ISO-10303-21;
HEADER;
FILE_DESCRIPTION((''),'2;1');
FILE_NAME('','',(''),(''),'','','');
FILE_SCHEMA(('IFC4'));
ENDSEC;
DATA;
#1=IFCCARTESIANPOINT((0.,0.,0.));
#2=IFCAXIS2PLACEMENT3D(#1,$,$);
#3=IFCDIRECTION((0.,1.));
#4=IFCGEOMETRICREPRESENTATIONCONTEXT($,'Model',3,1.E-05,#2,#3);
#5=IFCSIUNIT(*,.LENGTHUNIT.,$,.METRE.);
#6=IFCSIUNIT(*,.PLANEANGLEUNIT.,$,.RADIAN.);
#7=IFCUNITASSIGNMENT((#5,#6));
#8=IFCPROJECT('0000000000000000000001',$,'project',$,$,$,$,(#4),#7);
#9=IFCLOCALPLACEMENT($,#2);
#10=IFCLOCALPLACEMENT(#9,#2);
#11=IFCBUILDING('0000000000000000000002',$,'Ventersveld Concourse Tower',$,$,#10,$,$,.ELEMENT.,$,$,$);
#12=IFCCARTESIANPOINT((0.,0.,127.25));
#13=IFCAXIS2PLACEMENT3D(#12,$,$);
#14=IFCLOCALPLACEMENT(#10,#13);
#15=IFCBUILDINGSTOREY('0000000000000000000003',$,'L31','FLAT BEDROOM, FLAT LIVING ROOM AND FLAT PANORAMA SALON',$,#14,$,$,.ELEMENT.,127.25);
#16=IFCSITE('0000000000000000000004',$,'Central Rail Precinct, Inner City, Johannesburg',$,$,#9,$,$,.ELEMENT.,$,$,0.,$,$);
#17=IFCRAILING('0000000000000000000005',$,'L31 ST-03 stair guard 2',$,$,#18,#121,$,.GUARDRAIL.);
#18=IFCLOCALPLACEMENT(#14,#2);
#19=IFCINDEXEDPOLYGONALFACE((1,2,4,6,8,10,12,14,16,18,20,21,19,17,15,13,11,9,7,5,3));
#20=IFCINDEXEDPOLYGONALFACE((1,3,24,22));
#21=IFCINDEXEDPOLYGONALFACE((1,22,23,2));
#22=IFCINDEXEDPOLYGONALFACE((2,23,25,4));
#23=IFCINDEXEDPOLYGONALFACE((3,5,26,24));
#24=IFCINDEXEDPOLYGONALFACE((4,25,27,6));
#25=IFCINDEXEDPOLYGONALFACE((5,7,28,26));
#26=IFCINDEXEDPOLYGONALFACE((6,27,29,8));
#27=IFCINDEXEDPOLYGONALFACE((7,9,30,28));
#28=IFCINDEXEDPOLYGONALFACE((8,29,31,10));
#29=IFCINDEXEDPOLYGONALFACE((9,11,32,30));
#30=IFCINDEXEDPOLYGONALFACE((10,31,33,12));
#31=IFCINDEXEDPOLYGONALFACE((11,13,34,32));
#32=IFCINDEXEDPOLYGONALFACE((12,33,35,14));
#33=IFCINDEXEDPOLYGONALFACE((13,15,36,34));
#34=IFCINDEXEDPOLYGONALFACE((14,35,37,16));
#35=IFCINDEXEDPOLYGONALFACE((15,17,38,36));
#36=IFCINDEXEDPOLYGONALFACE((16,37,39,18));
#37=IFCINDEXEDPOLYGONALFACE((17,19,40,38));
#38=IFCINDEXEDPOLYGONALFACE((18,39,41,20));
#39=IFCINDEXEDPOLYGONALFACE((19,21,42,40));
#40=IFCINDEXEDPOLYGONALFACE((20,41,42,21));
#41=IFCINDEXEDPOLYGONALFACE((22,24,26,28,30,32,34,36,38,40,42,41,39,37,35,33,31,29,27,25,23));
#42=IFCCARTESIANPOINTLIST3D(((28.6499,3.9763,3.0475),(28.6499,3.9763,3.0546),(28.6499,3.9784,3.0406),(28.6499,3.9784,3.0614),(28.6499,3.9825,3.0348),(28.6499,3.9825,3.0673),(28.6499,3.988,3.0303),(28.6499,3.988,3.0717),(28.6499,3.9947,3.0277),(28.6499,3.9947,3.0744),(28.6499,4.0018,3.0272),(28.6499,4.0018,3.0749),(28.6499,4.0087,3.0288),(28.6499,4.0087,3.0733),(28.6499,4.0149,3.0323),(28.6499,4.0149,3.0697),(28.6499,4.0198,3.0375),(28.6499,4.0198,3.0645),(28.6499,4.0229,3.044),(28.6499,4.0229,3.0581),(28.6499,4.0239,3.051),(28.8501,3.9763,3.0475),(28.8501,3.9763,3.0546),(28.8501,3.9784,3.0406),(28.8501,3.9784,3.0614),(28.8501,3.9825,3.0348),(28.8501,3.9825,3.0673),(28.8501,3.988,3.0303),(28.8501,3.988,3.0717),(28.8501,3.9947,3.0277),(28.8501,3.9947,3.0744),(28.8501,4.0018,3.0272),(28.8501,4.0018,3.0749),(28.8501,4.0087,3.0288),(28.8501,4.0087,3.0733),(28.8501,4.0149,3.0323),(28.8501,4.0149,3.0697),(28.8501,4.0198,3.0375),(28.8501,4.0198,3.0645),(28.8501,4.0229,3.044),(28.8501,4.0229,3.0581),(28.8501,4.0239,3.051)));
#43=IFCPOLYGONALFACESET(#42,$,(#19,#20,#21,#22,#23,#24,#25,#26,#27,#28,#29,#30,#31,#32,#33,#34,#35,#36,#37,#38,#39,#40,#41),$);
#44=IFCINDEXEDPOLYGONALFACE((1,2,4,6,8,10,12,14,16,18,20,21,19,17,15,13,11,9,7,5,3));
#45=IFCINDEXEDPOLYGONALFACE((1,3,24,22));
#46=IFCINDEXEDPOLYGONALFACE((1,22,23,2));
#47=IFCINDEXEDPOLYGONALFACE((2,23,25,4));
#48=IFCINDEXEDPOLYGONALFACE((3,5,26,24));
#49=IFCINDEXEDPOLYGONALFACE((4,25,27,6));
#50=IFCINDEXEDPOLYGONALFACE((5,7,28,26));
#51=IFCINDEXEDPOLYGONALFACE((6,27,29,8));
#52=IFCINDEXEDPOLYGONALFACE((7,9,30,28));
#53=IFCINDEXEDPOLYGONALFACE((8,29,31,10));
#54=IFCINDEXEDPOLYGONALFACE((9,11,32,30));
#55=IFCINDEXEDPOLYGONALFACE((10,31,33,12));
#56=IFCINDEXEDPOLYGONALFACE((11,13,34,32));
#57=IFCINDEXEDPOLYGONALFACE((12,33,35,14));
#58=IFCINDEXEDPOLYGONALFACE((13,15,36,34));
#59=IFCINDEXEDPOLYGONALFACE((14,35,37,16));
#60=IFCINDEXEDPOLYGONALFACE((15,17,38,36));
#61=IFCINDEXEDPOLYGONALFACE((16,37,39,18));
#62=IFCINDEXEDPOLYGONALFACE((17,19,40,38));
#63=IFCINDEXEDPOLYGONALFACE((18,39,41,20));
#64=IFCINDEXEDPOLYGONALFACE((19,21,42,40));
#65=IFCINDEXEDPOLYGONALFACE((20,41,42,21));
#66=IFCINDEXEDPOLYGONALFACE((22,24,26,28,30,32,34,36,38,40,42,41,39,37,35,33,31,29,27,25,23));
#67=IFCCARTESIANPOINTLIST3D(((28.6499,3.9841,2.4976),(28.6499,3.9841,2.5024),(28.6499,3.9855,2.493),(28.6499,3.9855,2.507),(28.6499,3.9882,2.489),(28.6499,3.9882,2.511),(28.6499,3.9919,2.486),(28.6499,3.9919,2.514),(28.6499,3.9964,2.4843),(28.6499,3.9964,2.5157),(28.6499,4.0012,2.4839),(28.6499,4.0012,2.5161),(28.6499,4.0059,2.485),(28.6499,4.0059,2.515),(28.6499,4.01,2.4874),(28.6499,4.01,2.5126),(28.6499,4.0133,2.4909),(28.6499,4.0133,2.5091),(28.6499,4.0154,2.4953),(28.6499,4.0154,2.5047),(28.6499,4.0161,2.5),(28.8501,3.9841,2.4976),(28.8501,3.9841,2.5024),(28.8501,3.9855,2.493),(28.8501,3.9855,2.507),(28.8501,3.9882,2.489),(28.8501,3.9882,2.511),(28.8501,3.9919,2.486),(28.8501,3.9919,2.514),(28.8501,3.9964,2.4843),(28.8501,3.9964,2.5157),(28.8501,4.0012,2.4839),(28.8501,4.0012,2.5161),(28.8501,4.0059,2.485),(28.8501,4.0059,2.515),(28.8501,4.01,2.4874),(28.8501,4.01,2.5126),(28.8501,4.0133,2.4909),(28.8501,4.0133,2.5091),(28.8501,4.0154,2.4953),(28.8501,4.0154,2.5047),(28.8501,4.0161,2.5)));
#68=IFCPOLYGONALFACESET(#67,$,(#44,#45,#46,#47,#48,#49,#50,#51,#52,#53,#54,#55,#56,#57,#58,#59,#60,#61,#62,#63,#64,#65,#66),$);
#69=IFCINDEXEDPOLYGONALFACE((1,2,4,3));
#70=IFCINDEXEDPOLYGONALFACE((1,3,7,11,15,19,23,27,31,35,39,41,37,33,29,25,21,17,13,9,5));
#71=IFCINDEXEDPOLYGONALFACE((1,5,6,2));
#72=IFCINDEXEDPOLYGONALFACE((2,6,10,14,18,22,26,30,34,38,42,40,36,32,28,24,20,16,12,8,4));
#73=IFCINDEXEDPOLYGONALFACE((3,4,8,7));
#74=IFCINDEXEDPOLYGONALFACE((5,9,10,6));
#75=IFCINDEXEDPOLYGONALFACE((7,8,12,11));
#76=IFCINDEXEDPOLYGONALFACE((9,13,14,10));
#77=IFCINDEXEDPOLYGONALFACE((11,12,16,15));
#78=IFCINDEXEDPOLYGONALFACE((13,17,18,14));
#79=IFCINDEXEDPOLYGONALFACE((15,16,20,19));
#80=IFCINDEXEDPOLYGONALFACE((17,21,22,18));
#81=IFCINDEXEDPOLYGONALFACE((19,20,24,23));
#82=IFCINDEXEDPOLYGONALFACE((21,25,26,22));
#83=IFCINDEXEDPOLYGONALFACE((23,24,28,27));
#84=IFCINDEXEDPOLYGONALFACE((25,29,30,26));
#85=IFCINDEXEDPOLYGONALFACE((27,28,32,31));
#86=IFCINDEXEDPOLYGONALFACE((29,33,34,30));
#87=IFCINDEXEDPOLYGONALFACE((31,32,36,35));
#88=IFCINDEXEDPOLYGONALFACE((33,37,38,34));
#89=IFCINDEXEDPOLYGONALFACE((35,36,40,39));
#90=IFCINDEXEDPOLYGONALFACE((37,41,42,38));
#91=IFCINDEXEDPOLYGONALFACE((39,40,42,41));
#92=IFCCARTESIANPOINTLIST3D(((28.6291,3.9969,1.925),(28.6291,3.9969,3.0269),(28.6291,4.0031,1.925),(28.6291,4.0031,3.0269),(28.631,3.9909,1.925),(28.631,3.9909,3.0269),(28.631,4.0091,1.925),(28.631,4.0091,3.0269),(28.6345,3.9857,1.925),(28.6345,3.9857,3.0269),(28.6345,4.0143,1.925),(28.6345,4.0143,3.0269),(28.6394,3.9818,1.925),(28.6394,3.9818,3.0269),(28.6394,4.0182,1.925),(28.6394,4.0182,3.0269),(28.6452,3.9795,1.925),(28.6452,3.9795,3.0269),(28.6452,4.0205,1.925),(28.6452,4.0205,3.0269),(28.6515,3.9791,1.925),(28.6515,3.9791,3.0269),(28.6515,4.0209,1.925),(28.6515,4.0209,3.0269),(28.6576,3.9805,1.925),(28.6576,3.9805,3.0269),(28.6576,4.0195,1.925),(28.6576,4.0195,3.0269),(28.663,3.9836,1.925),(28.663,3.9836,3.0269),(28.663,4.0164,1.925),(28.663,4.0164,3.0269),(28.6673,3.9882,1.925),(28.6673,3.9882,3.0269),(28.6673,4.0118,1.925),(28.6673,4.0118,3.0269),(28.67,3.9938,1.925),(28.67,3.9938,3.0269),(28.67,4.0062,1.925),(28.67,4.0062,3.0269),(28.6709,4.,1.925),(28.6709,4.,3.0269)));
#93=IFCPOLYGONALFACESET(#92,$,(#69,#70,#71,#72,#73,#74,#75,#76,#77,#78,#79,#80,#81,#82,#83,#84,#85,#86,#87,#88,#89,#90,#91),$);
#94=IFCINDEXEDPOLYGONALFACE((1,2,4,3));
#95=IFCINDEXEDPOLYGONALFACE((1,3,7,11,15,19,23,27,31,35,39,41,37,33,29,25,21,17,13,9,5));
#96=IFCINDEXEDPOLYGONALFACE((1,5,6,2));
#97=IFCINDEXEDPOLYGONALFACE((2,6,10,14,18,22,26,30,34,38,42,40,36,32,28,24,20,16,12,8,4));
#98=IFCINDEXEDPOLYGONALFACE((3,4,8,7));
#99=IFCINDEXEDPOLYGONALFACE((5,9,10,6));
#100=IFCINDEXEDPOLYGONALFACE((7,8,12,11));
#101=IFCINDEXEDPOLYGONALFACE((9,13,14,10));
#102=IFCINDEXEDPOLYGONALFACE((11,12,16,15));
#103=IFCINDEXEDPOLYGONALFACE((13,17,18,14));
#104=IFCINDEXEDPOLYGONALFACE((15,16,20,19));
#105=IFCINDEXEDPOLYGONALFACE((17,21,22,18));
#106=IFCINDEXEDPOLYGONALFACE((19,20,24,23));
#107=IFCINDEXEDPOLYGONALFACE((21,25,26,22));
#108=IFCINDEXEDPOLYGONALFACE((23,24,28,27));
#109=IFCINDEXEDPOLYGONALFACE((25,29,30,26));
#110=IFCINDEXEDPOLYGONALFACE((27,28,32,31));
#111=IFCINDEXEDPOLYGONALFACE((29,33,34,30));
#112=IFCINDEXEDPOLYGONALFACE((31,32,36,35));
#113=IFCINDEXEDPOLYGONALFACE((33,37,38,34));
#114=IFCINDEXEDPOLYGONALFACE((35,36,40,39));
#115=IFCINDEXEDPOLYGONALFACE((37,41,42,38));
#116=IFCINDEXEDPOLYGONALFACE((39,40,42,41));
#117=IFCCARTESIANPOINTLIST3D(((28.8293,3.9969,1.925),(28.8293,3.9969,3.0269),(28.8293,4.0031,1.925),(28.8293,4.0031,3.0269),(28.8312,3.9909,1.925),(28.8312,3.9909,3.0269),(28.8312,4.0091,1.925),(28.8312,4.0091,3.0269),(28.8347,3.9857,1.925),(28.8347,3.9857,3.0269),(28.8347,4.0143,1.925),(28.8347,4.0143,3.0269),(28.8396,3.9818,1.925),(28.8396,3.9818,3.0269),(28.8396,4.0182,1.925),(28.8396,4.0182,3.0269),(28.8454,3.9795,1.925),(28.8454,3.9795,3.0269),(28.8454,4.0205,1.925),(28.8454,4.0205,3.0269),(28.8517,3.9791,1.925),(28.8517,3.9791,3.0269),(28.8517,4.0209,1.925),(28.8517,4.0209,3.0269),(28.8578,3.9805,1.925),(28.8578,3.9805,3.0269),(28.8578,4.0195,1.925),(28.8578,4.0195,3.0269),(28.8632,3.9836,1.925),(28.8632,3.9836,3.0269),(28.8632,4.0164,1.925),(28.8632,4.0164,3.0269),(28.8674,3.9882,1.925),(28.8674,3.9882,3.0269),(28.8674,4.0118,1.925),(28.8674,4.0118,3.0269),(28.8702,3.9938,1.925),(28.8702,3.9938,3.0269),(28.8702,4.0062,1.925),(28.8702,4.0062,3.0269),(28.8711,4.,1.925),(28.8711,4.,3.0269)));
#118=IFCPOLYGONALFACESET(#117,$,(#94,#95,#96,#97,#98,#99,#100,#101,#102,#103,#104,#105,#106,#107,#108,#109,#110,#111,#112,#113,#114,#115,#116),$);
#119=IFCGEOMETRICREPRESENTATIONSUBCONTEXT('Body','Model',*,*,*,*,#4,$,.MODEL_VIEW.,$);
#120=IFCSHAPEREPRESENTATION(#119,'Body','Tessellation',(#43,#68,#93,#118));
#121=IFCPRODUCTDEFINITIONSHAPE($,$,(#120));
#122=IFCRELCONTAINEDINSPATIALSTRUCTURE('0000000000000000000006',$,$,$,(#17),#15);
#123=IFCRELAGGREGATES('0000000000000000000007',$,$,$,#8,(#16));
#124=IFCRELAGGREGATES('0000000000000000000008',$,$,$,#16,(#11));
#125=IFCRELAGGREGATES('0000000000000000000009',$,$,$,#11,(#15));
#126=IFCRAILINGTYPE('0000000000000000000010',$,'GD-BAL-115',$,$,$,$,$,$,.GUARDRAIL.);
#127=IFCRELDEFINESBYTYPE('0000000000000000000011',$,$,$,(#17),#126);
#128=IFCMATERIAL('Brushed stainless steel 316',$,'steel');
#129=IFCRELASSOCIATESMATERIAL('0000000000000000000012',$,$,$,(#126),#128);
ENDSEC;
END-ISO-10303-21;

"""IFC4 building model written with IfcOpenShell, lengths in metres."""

from ifc_helpers import new_model, si_unit, direction, frame, origin, origin_2d, place, context, subcontext, project, spatial, circle, extrude, material, type_object, element, save


model = new_model("IFC4")

# Units and contexts
model_context = context("Model", 3, precision=1e-05, world=origin(), true_north=direction((0.0, 1.0)))
body_context = subcontext(model_context, "Body", "Model", "MODEL_VIEW")
ifc_project = project(units=[si_unit("LENGTHUNIT", "METRE"), si_unit("PLANEANGLEUNIT", "RADIAN")], contexts=[model_context])

# Site, building, storey
site_placement = place(None, origin())
site = spatial("IfcSite", under=ifc_project, at=site_placement, Name="Central Rail Precinct, Inner City, Johannesburg", CompositionType="ELEMENT", RefElevation=0.0)
building_placement = place(site_placement, origin())
building = spatial("IfcBuilding", under=site, at=building_placement, Name="Ventersveld Concourse Tower", CompositionType="ELEMENT")
storey_placement = place(building_placement, frame((0.0, 0.0, 127.25)))
storey = spatial("IfcBuildingStorey", under=building, at=storey_placement, Name="L31", Description="FLAT BEDROOM, FLAT LIVING ROOM AND FLAT PANORAMA SALON", CompositionType="ELEMENT", Elevation=127.25)

# Railing
ifc_material_1 = material(Name="Brushed stainless steel 316", Category="steel")
railing_type_1 = type_object("IfcRailingType", Name="GD-BAL-115", PredefinedType="GUARDRAIL", material=ifc_material_1)
railing_1_placement = place(storey_placement, frame((28.6499, 4.0, 1.925)))
element("IfcRailing", 1, at=railing_1_placement, inside=storey, type_object=railing_type_1, Name="L31 ST-03 stair guard 2", PredefinedType="GUARDRAIL", context=body_context, shape_type="SweptSolid", body=[
    extrude(circle(Radius=0.0239, at=origin_2d()), frame((0.0, 0.0, 1.126), z_axis=(1.0, 0.0, 0.0), x_axis=(0.0, 1.0, 0.0)), (0.0, 0.0, 1.0), 0.2002),
    extrude(circle(Radius=0.0161, at=origin_2d()), frame((0.0, 0.0, 0.575), z_axis=(1.0, 0.0, 0.0), x_axis=(0.0, 1.0, 0.0)), (0.0, 0.0, 1.0), 0.2002),
    extrude(circle(Radius=0.021, at=origin_2d()), origin(), (0.0, 0.0, 1.0), 1.1018),
    extrude(circle(Radius=0.021, at=origin_2d()), frame((0.2002, 0.0, 0.0)), (0.0, 0.0, 1.0), 1.1018),
])

save(model, "model.ifc")
